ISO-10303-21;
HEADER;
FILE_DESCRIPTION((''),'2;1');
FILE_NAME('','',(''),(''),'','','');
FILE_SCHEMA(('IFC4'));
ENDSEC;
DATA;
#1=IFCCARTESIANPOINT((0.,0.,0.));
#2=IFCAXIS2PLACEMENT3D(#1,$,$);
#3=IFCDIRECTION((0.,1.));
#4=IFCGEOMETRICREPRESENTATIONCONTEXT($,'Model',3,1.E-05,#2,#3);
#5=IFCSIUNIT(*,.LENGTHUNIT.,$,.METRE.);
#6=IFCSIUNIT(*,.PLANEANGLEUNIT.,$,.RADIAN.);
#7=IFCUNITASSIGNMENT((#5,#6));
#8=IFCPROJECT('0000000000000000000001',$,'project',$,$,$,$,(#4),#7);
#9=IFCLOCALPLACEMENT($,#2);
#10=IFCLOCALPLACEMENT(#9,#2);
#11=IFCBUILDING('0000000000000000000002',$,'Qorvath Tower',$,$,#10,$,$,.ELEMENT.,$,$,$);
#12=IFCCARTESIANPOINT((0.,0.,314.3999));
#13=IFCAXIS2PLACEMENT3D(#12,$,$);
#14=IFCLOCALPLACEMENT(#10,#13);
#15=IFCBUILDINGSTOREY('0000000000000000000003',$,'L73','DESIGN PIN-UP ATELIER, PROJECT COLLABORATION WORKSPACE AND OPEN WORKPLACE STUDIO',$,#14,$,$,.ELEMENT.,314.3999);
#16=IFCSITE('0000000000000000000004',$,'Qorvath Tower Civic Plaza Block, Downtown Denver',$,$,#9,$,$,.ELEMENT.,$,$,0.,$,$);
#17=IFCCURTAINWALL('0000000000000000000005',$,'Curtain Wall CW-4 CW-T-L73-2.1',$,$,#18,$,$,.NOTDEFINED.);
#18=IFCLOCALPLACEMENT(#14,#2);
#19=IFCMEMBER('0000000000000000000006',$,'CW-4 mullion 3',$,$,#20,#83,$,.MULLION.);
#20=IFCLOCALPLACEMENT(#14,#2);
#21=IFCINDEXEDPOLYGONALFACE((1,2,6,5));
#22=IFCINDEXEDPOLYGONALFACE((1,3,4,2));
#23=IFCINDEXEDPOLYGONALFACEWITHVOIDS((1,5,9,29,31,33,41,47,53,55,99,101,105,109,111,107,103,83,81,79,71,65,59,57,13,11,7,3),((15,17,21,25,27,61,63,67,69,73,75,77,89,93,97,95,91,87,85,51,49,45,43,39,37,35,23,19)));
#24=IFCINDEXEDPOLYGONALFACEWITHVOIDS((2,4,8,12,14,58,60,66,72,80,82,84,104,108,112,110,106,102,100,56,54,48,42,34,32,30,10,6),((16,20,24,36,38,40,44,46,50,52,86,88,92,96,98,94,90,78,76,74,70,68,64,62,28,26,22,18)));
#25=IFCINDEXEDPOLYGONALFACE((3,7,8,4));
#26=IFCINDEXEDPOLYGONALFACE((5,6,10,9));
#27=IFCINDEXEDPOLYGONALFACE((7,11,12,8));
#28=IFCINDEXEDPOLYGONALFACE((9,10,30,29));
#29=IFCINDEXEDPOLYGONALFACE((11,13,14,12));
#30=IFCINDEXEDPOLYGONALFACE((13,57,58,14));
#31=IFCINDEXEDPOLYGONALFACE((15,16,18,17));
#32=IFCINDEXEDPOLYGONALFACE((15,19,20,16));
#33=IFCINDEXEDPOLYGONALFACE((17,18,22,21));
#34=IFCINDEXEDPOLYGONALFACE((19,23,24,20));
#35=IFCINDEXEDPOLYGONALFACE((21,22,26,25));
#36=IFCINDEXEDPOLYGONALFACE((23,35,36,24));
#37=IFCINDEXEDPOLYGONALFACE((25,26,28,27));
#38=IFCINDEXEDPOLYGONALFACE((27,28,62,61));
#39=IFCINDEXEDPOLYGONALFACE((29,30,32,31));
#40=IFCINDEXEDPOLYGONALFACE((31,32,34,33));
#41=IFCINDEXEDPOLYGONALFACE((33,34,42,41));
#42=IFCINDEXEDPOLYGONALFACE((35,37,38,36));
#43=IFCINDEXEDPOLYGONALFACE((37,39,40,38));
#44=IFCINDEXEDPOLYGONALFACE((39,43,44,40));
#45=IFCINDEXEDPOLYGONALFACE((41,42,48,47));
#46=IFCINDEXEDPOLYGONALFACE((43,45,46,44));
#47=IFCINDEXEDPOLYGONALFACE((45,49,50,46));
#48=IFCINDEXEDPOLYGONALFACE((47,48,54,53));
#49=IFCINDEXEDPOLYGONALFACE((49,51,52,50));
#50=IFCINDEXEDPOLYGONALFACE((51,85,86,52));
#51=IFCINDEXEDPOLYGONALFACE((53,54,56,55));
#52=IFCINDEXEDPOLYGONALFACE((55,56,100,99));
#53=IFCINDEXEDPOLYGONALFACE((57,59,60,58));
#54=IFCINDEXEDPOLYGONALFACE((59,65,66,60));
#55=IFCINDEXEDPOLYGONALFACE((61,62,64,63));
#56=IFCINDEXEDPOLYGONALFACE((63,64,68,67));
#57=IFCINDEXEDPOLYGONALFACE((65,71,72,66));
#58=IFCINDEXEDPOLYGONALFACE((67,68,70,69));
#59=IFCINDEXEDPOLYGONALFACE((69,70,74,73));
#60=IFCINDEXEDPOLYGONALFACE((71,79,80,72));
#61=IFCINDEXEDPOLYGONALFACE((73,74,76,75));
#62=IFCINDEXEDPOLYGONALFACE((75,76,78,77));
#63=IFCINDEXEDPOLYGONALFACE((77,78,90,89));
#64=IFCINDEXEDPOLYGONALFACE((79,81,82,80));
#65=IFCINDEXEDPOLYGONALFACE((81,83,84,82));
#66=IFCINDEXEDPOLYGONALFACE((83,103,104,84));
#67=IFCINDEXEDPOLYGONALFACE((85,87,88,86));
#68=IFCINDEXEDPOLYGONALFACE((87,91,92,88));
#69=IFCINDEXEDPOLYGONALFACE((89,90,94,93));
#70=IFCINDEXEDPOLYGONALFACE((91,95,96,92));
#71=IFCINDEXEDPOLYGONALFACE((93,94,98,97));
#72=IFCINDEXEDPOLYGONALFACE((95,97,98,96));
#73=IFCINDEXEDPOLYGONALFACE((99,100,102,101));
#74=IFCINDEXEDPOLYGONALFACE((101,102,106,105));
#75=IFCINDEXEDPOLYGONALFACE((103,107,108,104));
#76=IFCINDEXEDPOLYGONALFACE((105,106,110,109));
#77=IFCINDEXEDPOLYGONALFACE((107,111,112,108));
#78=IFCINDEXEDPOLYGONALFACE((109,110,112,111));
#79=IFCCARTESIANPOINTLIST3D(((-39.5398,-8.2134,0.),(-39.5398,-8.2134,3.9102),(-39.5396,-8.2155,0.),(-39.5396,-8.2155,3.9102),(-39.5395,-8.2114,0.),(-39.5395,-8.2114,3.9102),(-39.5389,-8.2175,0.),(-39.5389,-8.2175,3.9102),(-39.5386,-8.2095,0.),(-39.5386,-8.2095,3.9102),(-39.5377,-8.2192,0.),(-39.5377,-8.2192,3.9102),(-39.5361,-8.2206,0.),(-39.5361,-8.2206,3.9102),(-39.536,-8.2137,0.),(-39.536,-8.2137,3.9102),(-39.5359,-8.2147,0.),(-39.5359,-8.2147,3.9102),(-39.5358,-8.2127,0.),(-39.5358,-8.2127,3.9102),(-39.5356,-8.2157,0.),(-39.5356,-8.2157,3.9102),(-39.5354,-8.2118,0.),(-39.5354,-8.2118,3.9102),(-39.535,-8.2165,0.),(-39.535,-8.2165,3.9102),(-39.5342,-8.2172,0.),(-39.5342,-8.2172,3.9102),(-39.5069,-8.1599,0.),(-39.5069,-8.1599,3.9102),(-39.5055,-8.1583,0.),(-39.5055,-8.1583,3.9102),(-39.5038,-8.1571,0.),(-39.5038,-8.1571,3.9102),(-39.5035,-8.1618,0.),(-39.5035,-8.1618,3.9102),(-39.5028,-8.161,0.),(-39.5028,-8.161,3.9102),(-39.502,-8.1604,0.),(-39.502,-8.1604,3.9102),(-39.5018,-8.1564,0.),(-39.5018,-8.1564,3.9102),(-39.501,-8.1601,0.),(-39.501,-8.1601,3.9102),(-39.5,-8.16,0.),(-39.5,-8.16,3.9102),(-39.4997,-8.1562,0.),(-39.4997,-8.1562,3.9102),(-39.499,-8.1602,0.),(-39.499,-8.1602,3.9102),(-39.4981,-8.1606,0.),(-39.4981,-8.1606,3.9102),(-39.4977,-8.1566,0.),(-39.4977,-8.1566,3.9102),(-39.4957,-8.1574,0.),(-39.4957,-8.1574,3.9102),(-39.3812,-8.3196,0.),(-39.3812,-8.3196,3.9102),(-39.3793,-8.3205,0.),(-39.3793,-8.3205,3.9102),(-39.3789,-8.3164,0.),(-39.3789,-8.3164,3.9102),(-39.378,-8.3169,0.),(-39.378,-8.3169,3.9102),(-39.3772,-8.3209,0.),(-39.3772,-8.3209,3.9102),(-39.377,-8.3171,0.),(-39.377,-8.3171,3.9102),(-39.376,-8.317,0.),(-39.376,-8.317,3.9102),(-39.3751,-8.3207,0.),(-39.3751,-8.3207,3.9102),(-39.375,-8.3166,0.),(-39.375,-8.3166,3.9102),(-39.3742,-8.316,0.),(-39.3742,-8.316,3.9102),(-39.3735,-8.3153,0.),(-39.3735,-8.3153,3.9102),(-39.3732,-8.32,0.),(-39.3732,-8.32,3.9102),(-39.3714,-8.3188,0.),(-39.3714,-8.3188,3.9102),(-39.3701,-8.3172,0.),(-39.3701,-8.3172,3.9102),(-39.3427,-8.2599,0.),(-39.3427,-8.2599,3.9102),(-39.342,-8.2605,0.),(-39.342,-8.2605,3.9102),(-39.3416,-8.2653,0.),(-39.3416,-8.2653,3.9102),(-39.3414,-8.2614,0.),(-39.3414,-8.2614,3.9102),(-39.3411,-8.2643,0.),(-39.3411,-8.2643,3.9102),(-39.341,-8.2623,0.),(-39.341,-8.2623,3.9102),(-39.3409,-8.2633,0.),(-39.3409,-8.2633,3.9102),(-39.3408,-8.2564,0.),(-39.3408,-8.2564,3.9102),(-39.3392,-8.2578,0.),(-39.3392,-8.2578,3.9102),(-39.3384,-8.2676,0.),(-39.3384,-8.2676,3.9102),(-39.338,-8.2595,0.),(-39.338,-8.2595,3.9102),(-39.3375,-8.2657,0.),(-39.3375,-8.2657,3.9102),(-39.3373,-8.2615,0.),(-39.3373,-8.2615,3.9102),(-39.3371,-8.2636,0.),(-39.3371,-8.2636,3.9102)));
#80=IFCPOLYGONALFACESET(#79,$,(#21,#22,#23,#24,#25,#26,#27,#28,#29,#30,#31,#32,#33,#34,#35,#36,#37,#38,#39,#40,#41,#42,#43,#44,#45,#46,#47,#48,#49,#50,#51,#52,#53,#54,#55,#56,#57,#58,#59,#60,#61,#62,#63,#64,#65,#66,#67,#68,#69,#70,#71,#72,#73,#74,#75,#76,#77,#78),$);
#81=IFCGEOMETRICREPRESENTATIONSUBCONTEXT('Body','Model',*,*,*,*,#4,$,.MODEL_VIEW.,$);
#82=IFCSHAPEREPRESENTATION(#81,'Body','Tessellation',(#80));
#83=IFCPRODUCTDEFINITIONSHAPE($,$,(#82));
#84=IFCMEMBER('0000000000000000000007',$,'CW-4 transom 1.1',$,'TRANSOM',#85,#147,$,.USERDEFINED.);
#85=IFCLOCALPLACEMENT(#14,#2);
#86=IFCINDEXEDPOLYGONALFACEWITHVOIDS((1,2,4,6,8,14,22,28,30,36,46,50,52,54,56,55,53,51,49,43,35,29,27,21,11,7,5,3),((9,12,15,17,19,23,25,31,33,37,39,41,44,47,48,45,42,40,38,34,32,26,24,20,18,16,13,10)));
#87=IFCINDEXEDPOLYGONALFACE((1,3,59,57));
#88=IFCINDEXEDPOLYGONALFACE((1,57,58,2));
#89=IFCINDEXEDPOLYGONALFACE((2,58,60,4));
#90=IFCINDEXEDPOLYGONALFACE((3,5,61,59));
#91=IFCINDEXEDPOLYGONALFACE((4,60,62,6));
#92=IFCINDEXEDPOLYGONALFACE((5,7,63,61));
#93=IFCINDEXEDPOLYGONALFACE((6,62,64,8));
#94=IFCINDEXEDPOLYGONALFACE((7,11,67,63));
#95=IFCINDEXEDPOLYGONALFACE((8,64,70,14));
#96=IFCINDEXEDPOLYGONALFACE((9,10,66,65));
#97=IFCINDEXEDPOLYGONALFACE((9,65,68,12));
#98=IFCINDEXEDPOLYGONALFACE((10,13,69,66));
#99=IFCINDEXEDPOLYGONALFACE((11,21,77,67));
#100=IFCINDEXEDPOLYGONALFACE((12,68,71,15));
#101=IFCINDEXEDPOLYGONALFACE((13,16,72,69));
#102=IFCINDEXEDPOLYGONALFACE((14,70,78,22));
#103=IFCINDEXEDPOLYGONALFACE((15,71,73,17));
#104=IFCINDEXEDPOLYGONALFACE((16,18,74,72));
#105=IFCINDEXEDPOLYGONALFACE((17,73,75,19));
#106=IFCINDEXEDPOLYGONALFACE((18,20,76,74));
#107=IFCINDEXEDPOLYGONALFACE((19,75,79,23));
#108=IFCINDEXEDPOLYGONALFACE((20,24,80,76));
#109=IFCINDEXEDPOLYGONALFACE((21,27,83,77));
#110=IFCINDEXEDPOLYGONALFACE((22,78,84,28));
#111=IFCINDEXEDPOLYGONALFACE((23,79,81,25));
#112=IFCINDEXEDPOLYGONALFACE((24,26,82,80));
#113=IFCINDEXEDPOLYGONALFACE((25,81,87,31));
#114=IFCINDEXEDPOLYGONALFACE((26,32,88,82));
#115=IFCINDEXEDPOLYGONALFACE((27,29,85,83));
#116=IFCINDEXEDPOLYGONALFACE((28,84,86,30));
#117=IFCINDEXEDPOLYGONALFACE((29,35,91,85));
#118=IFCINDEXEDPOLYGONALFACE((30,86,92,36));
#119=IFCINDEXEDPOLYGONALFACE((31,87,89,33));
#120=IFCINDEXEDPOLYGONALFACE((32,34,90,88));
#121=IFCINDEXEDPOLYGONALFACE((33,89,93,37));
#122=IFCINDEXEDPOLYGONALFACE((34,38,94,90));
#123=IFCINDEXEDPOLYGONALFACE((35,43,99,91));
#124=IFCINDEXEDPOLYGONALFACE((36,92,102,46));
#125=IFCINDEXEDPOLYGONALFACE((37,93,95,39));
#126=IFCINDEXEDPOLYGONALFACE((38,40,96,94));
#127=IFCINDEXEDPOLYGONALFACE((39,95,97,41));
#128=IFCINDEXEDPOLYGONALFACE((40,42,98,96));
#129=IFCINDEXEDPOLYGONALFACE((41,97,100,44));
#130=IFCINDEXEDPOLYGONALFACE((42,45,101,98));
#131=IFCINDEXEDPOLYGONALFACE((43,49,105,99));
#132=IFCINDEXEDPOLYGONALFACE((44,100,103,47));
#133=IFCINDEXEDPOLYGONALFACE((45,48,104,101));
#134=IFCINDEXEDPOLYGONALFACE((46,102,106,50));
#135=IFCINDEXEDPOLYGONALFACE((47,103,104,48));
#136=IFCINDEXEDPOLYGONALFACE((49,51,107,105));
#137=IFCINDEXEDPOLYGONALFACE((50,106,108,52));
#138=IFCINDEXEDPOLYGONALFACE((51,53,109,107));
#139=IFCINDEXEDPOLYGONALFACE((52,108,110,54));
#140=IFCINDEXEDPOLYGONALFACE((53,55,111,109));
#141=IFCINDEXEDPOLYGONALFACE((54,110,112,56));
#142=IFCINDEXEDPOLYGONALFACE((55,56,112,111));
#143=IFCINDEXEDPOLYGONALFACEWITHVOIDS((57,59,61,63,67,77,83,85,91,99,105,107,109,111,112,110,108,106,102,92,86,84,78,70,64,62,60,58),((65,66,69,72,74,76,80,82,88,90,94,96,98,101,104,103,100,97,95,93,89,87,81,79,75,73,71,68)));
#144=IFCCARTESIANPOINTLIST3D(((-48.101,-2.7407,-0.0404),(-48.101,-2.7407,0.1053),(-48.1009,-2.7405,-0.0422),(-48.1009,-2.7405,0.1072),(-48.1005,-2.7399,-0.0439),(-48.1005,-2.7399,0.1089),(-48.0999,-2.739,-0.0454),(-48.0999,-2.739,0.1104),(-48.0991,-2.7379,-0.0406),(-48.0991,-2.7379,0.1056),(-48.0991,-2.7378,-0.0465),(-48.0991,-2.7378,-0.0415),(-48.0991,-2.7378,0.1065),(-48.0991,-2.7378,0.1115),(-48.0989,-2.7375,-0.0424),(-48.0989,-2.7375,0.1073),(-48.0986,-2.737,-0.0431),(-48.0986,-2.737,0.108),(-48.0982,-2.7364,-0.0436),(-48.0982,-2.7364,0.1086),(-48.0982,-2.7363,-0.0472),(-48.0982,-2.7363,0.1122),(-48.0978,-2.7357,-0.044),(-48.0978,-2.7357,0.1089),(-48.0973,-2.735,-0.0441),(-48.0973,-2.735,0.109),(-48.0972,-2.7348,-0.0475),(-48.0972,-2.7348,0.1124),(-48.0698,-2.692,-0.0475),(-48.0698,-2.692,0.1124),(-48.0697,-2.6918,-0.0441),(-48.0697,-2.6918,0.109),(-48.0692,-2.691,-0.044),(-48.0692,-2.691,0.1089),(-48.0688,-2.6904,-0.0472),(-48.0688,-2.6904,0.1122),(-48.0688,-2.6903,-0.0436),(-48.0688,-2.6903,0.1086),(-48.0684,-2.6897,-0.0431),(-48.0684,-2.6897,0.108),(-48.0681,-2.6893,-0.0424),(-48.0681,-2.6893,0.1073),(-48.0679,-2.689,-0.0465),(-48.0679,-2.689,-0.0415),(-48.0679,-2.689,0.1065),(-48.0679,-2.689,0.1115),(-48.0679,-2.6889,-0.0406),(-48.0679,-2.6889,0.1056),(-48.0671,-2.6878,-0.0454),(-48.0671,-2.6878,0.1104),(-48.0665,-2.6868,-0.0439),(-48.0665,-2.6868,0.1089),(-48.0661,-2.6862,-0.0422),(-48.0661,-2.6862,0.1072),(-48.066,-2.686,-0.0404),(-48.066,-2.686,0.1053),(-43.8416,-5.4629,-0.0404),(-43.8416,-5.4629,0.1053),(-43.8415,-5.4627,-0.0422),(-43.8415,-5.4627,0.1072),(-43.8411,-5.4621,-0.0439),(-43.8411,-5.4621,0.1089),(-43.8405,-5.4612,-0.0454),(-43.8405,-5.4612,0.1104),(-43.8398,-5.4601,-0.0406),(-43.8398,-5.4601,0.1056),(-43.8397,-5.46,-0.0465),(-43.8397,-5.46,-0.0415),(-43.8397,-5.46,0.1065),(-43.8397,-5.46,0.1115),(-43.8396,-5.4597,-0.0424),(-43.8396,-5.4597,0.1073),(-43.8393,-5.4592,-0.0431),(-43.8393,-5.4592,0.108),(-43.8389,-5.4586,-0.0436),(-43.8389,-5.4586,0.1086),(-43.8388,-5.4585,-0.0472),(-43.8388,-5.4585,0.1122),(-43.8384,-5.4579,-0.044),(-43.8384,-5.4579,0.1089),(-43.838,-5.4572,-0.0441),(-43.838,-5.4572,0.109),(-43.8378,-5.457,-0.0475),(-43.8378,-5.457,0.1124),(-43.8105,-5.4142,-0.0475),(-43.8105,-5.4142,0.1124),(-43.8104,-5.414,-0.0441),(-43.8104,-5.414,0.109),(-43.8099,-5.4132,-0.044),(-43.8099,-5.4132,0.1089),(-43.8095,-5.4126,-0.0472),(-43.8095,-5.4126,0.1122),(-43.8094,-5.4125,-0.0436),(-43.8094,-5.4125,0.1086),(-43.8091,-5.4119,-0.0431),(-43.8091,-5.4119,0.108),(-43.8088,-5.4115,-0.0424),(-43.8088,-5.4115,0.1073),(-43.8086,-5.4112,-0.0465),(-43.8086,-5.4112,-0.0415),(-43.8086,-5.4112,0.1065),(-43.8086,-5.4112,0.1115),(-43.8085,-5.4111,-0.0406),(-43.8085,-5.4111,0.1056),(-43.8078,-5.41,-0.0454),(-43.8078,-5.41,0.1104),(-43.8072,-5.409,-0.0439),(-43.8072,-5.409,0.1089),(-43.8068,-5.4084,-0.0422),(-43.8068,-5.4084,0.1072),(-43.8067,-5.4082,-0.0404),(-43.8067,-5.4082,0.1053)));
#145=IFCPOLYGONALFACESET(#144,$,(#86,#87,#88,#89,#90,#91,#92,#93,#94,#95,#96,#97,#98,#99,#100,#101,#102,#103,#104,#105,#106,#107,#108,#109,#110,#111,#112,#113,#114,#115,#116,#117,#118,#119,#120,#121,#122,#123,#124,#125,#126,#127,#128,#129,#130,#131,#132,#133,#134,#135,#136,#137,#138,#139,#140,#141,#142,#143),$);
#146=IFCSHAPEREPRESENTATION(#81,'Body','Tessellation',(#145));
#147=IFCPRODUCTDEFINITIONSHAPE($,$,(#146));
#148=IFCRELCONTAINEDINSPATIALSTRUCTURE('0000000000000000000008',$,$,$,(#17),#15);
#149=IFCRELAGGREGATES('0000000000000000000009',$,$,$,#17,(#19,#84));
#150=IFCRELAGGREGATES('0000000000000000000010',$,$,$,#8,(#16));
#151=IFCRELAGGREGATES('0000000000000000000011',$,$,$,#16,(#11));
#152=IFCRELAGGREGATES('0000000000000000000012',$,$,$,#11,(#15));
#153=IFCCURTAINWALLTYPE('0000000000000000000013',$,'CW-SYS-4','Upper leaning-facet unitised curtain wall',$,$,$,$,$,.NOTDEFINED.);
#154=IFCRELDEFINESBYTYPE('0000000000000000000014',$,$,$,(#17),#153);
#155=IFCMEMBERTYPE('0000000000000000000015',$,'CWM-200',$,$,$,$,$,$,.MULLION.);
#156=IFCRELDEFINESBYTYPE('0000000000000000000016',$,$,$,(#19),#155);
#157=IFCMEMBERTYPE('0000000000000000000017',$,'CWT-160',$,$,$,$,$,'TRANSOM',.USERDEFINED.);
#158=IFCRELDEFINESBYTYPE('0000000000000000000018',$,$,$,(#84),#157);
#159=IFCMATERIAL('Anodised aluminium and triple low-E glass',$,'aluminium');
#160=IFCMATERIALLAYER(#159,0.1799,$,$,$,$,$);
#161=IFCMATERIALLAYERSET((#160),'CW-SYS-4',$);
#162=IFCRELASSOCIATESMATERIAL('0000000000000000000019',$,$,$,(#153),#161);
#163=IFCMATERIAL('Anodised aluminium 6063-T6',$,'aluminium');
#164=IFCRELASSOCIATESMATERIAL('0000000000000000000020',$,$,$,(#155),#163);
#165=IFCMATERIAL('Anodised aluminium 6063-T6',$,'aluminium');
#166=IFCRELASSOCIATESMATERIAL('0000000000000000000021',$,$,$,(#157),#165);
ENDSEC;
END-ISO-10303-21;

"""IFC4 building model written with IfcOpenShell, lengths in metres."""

from ifc_helpers import new_model, si_unit, direction, frame, origin, origin_2d, place, context, subcontext, project, spatial, hollow_rectangle, extrude, material, layer, layer_set, material_profile, profile_set, type_object, element, aggregate, save


model = new_model("IFC4")

# Units and contexts
model_context = context("Model", 3, precision=1e-05, world=origin(), true_north=direction((0.0, 1.0)))
body_context = subcontext(model_context, "Body", "Model", "MODEL_VIEW")
ifc_project = project(units=[si_unit("LENGTHUNIT", "METRE"), si_unit("PLANEANGLEUNIT", "RADIAN")], contexts=[model_context])

# Site, building, storey
site_placement = place(None, origin())
site = spatial("IfcSite", under=ifc_project, at=site_placement, Name="Qorvath Tower Civic Plaza Block, Downtown Denver", CompositionType="ELEMENT", RefElevation=0.0)
building_placement = place(site_placement, origin())
building = spatial("IfcBuilding", under=site, at=building_placement, Name="Qorvath Tower", CompositionType="ELEMENT")
storey_placement = place(building_placement, frame((0.0, 0.0, 314.3999)))
storey = spatial("IfcBuildingStorey", under=building, at=storey_placement, Name="L73", Description="DESIGN PIN-UP ATELIER, PROJECT COLLABORATION WORKSPACE AND OPEN WORKPLACE STUDIO", CompositionType="ELEMENT", Elevation=314.3999)

# Curtain wall, members
ifc_material_1 = material(Name="Anodised aluminium and triple low-E glass", Category="aluminium")
ifc_layer_1 = layer(ifc_material_1, 0.1799)
ifc_layer_set_1 = layer_set([ifc_layer_1], Name="CW-SYS-4")
curtain_wall_type = type_object("IfcCurtainWallType", Name="CW-SYS-4", Description="Upper leaning-facet unitised curtain wall", PredefinedType="NOTDEFINED", material=ifc_layer_set_1)
curtain_wall_placement = place(storey_placement, origin())
curtain_wall = element("IfcCurtainWall", 1, at=curtain_wall_placement, inside=storey, type_object=curtain_wall_type, Name="Curtain Wall CW-4 CW-T-L73-2.1", PredefinedType="NOTDEFINED")
ifc_material_2 = material(Name="Anodised aluminium 6063-T6", Category="aluminium")
ifc_material_profile_1 = material_profile(ifc_material_2, hollow_rectangle(XDim=0.075, YDim=0.2, WallThickness=0.0039, InnerFilletRadius=0.0039, OuterFilletRadius=0.0081, at=origin_2d()), Name="CWM 200x75")
ifc_profile_set_1 = profile_set([ifc_material_profile_1], Name="Anodised aluminium 6063-T6")
member_type_1 = type_object("IfcMemberType", Name="CWM-200", PredefinedType="MULLION", material=ifc_profile_set_1)
member_1_placement = place(storey_placement, frame((-39.4385, -8.2385, 0.0), z_axis=(0.0, 0.0, 1.0), x_axis=(0.53853, 0.842606, 0.0)))
member_1 = element("IfcMember", 2, at=member_1_placement, type_object=member_type_1, Name="CW-4 mullion 3", PredefinedType="MULLION", context=body_context, shape_type="SweptSolid", body=[
    extrude(hollow_rectangle(XDim=0.075, YDim=0.2, WallThickness=0.0039, InnerFilletRadius=0.0039, OuterFilletRadius=0.0081, at=origin_2d()), origin(), (0.0, 0.0, 1.0), 3.9102),
])
ifc_material_3 = material(Name="Anodised aluminium 6063-T6", Category="aluminium")
ifc_material_profile_2 = material_profile(ifc_material_3, hollow_rectangle(XDim=0.0649, YDim=0.1599, WallThickness=0.0034, InnerFilletRadius=0.0034, OuterFilletRadius=0.0071, at=origin_2d()), Name="CWT 160x65")
ifc_profile_set_2 = profile_set([ifc_material_profile_2], Name="Anodised aluminium 6063-T6")
member_type_2 = type_object("IfcMemberType", Name="CWT-160", ElementType="TRANSOM", PredefinedType="USERDEFINED", material=ifc_profile_set_2)
member_2_placement = place(storey_placement, frame((-48.0835, -2.7134, 0.0325), z_axis=(0.84261, -0.538525, 0.0), x_axis=(0.538525, 0.84261, 0.0)))
member_2 = element("IfcMember", 3, at=member_2_placement, type_object=member_type_2, Name="CW-4 transom 1.1", ObjectType="TRANSOM", PredefinedType="USERDEFINED", context=body_context, shape_type="SweptSolid", body=[
    extrude(hollow_rectangle(XDim=0.0649, YDim=0.1599, WallThickness=0.0034, InnerFilletRadius=0.0034, OuterFilletRadius=0.0071, at=origin_2d()), origin(), (0.0, 0.0, 1.0), 5.0549),
])

aggregate(curtain_wall, [member_1, member_2])

save(model, "model.ifc")
